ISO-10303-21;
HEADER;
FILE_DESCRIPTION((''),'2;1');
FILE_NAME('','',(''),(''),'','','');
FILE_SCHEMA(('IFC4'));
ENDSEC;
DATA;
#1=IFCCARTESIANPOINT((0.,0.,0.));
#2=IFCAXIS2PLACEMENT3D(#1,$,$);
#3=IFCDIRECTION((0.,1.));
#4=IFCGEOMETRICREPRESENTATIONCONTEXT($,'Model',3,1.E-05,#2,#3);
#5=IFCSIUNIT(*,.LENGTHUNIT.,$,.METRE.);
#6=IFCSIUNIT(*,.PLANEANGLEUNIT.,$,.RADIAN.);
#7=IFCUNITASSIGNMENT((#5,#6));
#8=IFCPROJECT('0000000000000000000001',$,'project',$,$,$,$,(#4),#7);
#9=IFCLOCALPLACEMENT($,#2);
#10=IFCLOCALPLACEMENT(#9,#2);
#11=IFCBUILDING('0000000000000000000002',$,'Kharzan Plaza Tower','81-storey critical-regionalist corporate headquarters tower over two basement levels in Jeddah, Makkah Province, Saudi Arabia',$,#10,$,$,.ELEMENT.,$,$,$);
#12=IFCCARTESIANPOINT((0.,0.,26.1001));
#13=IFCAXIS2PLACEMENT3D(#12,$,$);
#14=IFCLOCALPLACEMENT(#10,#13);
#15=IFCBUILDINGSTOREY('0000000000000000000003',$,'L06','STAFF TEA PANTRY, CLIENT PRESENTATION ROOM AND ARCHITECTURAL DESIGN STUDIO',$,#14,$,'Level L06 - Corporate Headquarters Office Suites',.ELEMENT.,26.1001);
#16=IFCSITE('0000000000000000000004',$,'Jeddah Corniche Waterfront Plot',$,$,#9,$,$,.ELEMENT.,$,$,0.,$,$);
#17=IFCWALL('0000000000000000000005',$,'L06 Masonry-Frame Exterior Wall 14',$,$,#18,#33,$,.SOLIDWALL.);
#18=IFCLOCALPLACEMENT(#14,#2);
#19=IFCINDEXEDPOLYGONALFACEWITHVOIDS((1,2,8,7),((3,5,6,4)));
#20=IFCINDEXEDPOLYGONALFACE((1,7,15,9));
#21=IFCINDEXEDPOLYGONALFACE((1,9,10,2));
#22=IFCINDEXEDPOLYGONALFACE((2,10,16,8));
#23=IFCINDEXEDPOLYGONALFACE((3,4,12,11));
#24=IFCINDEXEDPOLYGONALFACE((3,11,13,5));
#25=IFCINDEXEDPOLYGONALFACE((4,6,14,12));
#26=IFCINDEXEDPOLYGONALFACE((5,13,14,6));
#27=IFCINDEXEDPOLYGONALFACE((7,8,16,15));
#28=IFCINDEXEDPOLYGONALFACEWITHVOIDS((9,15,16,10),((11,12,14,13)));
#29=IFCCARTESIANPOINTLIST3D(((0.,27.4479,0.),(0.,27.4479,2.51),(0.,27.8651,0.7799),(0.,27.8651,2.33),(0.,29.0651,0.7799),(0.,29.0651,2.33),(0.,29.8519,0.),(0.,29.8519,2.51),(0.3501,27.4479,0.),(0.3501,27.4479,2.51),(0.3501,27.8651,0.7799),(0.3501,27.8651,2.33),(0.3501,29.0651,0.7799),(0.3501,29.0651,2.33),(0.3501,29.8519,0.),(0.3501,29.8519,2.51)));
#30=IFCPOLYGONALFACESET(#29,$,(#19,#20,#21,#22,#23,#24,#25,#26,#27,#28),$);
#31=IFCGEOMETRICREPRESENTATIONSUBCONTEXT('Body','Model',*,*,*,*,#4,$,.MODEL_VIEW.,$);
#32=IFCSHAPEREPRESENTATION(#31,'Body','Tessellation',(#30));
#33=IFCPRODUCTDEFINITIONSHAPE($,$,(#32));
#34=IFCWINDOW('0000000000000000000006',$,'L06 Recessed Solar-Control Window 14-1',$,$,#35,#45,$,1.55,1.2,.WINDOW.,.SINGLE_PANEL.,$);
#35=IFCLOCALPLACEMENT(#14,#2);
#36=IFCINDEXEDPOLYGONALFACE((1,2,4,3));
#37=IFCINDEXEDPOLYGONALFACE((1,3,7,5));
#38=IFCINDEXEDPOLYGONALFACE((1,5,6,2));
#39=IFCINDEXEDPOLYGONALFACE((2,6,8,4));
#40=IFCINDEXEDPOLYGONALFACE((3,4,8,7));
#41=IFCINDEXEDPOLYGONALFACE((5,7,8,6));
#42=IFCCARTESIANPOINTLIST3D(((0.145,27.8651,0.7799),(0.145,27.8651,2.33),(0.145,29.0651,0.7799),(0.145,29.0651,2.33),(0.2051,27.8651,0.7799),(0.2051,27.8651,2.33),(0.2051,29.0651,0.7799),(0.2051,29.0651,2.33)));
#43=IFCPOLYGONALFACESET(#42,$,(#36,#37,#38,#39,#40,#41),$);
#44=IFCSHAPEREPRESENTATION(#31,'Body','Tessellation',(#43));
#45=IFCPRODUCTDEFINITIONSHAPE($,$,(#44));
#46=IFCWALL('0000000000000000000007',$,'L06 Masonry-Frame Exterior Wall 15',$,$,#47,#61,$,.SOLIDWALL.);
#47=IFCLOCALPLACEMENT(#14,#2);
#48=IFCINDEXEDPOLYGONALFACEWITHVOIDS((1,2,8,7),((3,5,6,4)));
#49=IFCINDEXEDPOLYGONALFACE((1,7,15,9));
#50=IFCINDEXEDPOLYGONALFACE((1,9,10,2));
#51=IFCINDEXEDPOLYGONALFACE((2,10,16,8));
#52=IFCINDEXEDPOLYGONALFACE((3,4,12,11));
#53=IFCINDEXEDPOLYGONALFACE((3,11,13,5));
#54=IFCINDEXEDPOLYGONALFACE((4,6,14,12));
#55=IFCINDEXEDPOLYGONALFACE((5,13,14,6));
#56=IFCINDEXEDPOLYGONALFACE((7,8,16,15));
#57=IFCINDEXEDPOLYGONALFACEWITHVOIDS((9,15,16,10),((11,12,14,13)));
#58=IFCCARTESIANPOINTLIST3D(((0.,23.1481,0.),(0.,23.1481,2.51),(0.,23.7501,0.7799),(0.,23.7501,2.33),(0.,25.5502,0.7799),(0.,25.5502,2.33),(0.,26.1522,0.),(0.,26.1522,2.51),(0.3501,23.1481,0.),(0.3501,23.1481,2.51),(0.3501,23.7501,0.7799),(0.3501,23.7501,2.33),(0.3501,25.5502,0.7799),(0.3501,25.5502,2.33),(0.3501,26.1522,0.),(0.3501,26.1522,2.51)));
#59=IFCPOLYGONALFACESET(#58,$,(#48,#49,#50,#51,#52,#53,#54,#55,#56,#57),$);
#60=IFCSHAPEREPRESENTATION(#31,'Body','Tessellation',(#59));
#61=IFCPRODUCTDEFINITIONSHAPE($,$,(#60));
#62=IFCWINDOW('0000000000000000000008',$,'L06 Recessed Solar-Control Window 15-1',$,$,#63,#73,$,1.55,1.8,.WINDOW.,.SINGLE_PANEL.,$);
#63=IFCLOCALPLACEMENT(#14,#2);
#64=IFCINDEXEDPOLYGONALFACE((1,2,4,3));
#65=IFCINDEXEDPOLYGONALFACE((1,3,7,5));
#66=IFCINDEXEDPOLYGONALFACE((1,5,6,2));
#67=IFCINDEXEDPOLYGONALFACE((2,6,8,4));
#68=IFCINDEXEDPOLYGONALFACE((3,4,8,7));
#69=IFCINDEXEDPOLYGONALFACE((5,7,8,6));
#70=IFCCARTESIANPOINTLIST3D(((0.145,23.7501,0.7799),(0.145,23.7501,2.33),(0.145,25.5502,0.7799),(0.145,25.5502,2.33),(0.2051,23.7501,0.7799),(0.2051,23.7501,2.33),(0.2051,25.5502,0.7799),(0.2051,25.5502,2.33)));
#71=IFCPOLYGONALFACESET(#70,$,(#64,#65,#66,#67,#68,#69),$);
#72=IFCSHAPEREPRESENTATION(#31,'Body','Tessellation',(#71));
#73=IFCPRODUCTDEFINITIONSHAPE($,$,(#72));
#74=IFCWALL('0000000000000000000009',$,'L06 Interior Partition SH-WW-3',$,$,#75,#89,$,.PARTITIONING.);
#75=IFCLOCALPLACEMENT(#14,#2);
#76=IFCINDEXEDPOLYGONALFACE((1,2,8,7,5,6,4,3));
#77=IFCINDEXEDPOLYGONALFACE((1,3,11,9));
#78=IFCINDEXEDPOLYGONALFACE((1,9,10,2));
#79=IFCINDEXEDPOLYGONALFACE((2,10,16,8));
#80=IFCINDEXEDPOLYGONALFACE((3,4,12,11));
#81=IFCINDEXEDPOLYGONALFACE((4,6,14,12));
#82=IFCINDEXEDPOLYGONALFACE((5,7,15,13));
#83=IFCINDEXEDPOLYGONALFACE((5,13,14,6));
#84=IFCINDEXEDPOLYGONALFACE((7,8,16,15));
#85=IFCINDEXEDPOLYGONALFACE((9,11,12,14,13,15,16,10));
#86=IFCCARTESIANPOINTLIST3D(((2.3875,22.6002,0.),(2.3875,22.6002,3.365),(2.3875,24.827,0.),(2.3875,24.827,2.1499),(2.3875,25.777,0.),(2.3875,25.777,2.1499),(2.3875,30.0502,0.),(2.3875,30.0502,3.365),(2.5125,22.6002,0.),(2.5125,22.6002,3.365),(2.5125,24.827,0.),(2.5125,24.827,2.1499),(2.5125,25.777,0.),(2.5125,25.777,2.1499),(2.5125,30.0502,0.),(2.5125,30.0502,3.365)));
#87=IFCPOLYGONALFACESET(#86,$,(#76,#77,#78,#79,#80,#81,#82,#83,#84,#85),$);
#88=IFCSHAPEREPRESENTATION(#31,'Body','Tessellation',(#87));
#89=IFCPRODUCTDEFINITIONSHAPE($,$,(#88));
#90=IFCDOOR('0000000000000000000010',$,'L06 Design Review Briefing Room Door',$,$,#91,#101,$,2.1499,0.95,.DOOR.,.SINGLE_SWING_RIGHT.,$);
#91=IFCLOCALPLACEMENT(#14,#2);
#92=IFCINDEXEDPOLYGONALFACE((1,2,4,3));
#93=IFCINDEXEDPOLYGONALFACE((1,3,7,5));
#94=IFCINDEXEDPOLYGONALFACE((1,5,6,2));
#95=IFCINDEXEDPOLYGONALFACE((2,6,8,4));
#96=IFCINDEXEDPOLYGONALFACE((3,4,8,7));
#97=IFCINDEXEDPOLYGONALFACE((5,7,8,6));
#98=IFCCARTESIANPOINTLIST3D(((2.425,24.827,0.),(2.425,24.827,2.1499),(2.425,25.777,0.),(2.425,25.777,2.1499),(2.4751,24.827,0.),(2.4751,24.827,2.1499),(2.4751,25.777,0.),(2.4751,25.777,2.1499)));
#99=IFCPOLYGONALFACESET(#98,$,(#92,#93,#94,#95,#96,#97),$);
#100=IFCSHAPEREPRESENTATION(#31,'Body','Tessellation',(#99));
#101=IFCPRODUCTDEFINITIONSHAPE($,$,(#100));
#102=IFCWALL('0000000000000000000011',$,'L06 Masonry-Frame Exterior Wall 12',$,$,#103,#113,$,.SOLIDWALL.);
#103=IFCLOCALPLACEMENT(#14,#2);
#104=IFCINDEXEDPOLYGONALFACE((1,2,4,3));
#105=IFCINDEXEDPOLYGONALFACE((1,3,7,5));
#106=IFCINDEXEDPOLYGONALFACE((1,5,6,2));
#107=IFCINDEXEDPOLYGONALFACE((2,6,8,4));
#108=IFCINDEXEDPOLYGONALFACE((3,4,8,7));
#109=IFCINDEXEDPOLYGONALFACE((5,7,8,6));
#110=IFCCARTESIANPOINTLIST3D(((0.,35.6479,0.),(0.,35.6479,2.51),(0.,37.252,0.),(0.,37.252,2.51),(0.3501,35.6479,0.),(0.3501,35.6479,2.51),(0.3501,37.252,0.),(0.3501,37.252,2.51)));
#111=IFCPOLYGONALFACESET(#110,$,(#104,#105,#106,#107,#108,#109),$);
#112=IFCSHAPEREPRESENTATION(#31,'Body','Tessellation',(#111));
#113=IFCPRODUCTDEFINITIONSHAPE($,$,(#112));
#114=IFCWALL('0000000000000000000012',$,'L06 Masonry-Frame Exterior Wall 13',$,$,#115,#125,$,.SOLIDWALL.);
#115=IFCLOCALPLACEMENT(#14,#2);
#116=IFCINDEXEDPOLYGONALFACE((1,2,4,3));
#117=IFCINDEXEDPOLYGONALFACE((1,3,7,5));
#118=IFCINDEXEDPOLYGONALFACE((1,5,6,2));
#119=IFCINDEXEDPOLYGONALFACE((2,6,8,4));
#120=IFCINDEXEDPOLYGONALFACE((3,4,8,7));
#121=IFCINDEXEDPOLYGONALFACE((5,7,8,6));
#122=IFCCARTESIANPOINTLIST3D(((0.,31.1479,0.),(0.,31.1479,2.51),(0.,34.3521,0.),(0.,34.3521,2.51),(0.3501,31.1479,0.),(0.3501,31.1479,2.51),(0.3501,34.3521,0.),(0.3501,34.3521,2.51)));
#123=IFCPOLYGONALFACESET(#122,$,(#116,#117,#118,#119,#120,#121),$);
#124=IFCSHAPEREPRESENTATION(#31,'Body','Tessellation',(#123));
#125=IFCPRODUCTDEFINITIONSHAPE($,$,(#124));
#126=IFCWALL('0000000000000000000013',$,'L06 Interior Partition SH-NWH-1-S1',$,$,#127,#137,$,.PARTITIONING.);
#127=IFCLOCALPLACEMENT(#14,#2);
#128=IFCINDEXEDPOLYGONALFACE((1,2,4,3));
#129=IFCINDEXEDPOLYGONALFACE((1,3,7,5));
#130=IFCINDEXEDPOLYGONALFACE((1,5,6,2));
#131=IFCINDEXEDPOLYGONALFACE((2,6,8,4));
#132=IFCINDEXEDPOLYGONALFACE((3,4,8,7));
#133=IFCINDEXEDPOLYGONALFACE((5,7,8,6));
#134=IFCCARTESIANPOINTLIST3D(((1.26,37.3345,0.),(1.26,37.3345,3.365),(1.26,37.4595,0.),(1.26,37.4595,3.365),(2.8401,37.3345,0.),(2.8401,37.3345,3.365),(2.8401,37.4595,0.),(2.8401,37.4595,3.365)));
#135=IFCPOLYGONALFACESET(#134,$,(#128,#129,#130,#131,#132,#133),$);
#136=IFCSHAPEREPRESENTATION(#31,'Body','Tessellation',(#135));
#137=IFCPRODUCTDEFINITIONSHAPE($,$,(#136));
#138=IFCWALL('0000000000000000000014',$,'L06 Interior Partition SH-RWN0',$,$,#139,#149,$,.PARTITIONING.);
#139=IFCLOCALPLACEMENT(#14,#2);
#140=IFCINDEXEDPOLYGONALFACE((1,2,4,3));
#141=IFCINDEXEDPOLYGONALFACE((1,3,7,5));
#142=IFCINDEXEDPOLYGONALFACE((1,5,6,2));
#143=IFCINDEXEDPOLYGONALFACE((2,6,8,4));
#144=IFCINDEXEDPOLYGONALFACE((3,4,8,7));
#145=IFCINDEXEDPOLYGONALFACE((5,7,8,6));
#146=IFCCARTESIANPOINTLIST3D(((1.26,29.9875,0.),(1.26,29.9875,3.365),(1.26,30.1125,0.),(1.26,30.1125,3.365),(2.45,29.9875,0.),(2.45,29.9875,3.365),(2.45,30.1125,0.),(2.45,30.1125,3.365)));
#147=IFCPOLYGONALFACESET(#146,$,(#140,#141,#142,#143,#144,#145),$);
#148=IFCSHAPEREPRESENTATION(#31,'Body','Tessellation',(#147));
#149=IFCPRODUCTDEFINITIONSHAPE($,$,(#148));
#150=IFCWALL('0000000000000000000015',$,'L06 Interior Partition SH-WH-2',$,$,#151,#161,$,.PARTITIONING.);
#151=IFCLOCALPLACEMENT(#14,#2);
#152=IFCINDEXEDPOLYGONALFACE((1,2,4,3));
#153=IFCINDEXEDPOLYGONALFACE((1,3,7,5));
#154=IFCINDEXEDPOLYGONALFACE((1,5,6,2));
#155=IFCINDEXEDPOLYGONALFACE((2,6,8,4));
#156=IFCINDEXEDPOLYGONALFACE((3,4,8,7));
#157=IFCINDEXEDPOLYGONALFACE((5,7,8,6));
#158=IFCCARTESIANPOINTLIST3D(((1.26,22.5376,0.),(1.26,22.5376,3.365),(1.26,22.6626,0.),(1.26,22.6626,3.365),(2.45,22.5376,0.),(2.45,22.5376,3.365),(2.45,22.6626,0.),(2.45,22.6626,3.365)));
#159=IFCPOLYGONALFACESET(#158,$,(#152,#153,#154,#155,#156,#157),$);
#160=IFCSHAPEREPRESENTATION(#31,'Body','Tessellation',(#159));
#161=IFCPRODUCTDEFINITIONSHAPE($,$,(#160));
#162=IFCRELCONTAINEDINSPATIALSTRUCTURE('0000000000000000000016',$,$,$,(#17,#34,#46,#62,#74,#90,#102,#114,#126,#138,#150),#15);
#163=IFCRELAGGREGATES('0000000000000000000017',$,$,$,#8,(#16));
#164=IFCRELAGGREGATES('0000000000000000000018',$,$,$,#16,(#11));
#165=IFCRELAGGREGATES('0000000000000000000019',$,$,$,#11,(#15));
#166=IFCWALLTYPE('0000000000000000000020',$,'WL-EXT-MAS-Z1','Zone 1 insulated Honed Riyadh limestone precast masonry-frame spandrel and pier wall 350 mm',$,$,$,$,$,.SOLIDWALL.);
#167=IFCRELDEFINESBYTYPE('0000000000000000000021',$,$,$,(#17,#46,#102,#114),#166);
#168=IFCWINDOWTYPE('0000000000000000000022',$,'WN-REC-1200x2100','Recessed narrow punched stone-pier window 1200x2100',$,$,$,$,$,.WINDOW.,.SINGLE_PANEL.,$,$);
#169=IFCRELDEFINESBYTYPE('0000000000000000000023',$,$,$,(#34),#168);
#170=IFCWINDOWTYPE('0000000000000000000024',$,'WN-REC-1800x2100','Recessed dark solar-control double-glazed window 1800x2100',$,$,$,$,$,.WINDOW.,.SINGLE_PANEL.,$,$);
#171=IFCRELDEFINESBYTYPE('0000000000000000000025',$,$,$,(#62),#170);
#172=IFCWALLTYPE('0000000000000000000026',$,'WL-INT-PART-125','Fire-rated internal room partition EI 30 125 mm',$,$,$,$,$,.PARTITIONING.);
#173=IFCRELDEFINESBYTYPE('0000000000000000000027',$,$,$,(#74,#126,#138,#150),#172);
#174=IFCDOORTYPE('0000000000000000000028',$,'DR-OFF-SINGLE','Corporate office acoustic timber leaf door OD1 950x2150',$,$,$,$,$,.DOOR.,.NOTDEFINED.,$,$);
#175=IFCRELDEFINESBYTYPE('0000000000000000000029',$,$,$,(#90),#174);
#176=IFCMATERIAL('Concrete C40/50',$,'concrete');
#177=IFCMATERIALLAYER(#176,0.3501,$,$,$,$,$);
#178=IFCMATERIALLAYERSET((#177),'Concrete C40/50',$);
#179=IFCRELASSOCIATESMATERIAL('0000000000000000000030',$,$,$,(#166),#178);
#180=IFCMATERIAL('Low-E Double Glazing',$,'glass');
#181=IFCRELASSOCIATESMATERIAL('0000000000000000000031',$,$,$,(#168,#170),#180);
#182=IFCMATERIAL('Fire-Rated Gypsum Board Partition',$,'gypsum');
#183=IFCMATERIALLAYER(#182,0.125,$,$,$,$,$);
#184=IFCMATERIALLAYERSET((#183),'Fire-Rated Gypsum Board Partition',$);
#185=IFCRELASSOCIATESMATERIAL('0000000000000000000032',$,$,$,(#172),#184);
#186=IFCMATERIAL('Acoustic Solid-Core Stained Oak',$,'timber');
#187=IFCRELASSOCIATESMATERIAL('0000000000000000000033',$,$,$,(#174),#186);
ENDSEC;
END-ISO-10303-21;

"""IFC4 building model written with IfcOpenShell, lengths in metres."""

from ifc_helpers import new_model, si_unit, direction, frame, frame_2d, origin, place, context, subcontext, project, spatial, rectangle, extrude, source, transform, mapped, material, layer, layer_set, type_object, element, fill, save


model = new_model("IFC4")

# Units and contexts
model_context = context("Model", 3, precision=1e-05, world=origin(), true_north=direction((0.0, 1.0)))
body_context = subcontext(model_context, "Body", "Model", "MODEL_VIEW")
ifc_project = project(units=[si_unit("LENGTHUNIT", "METRE"), si_unit("PLANEANGLEUNIT", "RADIAN")], contexts=[model_context])

# Site, building, storey
site_placement = place(None, origin())
site = spatial("IfcSite", under=ifc_project, at=site_placement, Name="Jeddah Corniche Waterfront Plot", CompositionType="ELEMENT", RefElevation=0.0)
building_placement = place(site_placement, origin())
building = spatial("IfcBuilding", under=site, at=building_placement, Name="Kharzan Plaza Tower", Description="81-storey critical-regionalist corporate headquarters tower over two basement levels in Jeddah, Makkah Province, Saudi Arabia", CompositionType="ELEMENT")
storey_placement = place(building_placement, frame((0.0, 0.0, 26.1001)))
storey = spatial("IfcBuildingStorey", under=building, at=storey_placement, Name="L06", Description="STAFF TEA PANTRY, CLIENT PRESENTATION ROOM AND ARCHITECTURAL DESIGN STUDIO", LongName="Level L06 - Corporate Headquarters Office Suites", CompositionType="ELEMENT", Elevation=26.1001)

# Walls, openings, windows
ifc_material_1 = material(Name="Concrete C40/50", Category="concrete")
ifc_layer_1 = layer(ifc_material_1, 0.3501)
ifc_layer_set_1 = layer_set([ifc_layer_1], Name="Concrete C40/50")
wall_type_1 = type_object("IfcWallType", Name="WL-EXT-MAS-Z1", Description="Zone 1 insulated Honed Riyadh limestone precast masonry-frame spandrel and pier wall 350 mm", PredefinedType="SOLIDWALL", material=ifc_layer_set_1)
wall_1_placement = place(storey_placement, frame((0.175, 29.8521, 0.0), z_axis=(0.0, 0.0, 1.0), x_axis=(0.0, -1.0, 0.0)))
wall_1 = element("IfcWall", 1, at=wall_1_placement, inside=storey, type_object=wall_type_1, Name="L06 Masonry-Frame Exterior Wall 14", PredefinedType="SOLIDWALL", context=body_context, shape_type="SweptSolid", body=[
    extrude(rectangle(XDim=2.4041, YDim=0.3501, at=frame_2d((1.2021, 0.0))), origin(), (0.0, 0.0, 1.0), 2.51),
])
opening_1_placement = place(wall_1_placement, frame((0.7869, 0.0, 0.78)))
opening_1 = element("IfcOpeningElement", 2, at=opening_1_placement, cuts=wall_1, PredefinedType="OPENING", context=body_context, shape_type="SweptSolid", body=[
    extrude(rectangle(XDim=1.2, YDim=1.55, at=frame_2d((0.6001, 0.7749))), frame((0.0, 0.1851, 0.0), z_axis=(0.0, -1.0, 0.0), x_axis=(1.0, 0.0, 0.0)), (0.0, 0.0, 1.0), 0.3701),
])
ifc_material_2 = material(Name="Low-E Double Glazing", Category="glass")
window_type_1 = type_object("IfcWindowType", Name="WN-REC-1200x2100", Description="Recessed narrow punched stone-pier window 1200x2100", PartitioningType="SINGLE_PANEL", PredefinedType="WINDOW", material=ifc_material_2)
shared_shape_1 = source(origin(), body_context, "Body", "SweptSolid", [
    extrude(rectangle(XDim=1.2, YDim=1.55, at=frame_2d((0.6001, 0.7749))), frame((0.0, 0.03, 0.0), z_axis=(0.0, -1.0, 0.0), x_axis=(1.0, 0.0, 0.0)), (0.0, 0.0, 1.0), 0.0601),
])
window_1_placement = place(opening_1_placement, origin())
window_1 = element("IfcWindow", 3, at=window_1_placement, inside=storey, type_object=window_type_1, Name="L06 Recessed Solar-Control Window 14-1", OverallHeight=1.55, OverallWidth=1.2, PartitioningType="SINGLE_PANEL", PredefinedType="WINDOW", context=body_context, shape_type="MappedRepresentation", body=[
    mapped(shared_shape_1, transform((0.0, 0.0, 0.0), x_axis=(1.0, 0.0, 0.0), y_axis=(0.0, 1.0, 0.0), z_axis=(0.0, 0.0, 1.0))),
])
fill(opening_1, window_1)
wall_2_placement = place(storey_placement, frame((0.175, 26.1521, 0.0), z_axis=(0.0, 0.0, 1.0), x_axis=(0.0, -1.0, 0.0)))
wall_2 = element("IfcWall", 4, at=wall_2_placement, inside=storey, type_object=wall_type_1, Name="L06 Masonry-Frame Exterior Wall 15", PredefinedType="SOLIDWALL", context=body_context, shape_type="SweptSolid", body=[
    extrude(rectangle(XDim=3.0042, YDim=0.3501, at=frame_2d((1.502, 0.0))), origin(), (0.0, 0.0, 1.0), 2.51),
])
opening_2_placement = place(wall_2_placement, frame((0.6021, 0.0, 0.78)))
opening_2 = element("IfcOpeningElement", 5, at=opening_2_placement, cuts=wall_2, PredefinedType="OPENING", context=body_context, shape_type="SweptSolid", body=[
    extrude(rectangle(XDim=1.8, YDim=1.55, at=frame_2d((0.8999, 0.7749))), frame((0.0, 0.1851, 0.0), z_axis=(0.0, -1.0, 0.0), x_axis=(1.0, 0.0, 0.0)), (0.0, 0.0, 1.0), 0.3701),
])
window_type_2 = type_object("IfcWindowType", Name="WN-REC-1800x2100", Description="Recessed dark solar-control double-glazed window 1800x2100", PartitioningType="SINGLE_PANEL", PredefinedType="WINDOW", material=ifc_material_2)
shared_shape_2 = source(origin(), body_context, "Body", "SweptSolid", [
    extrude(rectangle(XDim=1.8, YDim=1.55, at=frame_2d((0.8999, 0.7749))), frame((0.0, 0.03, 0.0), z_axis=(0.0, -1.0, 0.0), x_axis=(1.0, 0.0, 0.0)), (0.0, 0.0, 1.0), 0.0601),
])
window_2_placement = place(opening_2_placement, origin())
window_2 = element("IfcWindow", 6, at=window_2_placement, inside=storey, type_object=window_type_2, Name="L06 Recessed Solar-Control Window 15-1", OverallHeight=1.55, OverallWidth=1.8, PartitioningType="SINGLE_PANEL", PredefinedType="WINDOW", context=body_context, shape_type="MappedRepresentation", body=[
    mapped(shared_shape_2, transform((0.0, 0.0, 0.0), x_axis=(1.0, 0.0, 0.0), y_axis=(0.0, 1.0, 0.0), z_axis=(0.0, 0.0, 1.0))),
])
fill(opening_2, window_2)

# Wall, opening, door
ifc_material_3 = material(Name="Fire-Rated Gypsum Board Partition", Category="gypsum")
ifc_layer_2 = layer(ifc_material_3, 0.125)
ifc_layer_set_2 = layer_set([ifc_layer_2], Name="Fire-Rated Gypsum Board Partition")
wall_type_2 = type_object("IfcWallType", Name="WL-INT-PART-125", Description="Fire-rated internal room partition EI 30 125 mm", PredefinedType="PARTITIONING", material=ifc_layer_set_2)
wall_3_placement = place(storey_placement, frame((2.45, 22.6001, 0.0), z_axis=(0.0, 0.0, 1.0), x_axis=(0.0, 1.0, 0.0)))
wall_3 = element("IfcWall", 7, at=wall_3_placement, inside=storey, type_object=wall_type_2, Name="L06 Interior Partition SH-WW-3", PredefinedType="PARTITIONING", context=body_context, shape_type="SweptSolid", body=[
    extrude(rectangle(XDim=7.45, YDim=0.125, at=frame_2d((3.7251, 0.0))), origin(), (0.0, 0.0, 1.0), 3.365),
])
opening_3_placement = place(wall_3_placement, frame((2.2268, 0.0, 0.0)))
opening_3 = element("IfcOpeningElement", 8, at=opening_3_placement, cuts=wall_3, PredefinedType="OPENING", context=body_context, shape_type="SweptSolid", body=[
    extrude(rectangle(XDim=0.95, YDim=2.1499, at=frame_2d((0.4751, 1.075))), frame((0.0, 0.0725, 0.0), z_axis=(0.0, -1.0, 0.0), x_axis=(1.0, 0.0, 0.0)), (0.0, 0.0, 1.0), 0.145),
])
ifc_material_4 = material(Name="Acoustic Solid-Core Stained Oak", Category="timber")
door_type = type_object("IfcDoorType", Name="DR-OFF-SINGLE", Description="Corporate office acoustic timber leaf door OD1 950x2150", OperationType="NOTDEFINED", PredefinedType="DOOR", material=ifc_material_4)
shared_shape_3 = source(origin(), body_context, "Body", "SweptSolid", [
    extrude(rectangle(XDim=0.95, YDim=2.1499, at=frame_2d((0.4751, 1.075))), frame((0.0, 0.0249, 0.0), z_axis=(0.0, -1.0, 0.0), x_axis=(1.0, 0.0, 0.0)), (0.0, 0.0, 1.0), 0.05),
])
door_placement = place(opening_3_placement, origin())
door = element("IfcDoor", 9, at=door_placement, inside=storey, type_object=door_type, Name="L06 Design Review Briefing Room Door", OperationType="SINGLE_SWING_RIGHT", OverallHeight=2.1499, OverallWidth=0.95, PredefinedType="DOOR", context=body_context, shape_type="MappedRepresentation", body=[
    mapped(shared_shape_3, transform((0.0, 0.0, 0.0), x_axis=(1.0, 0.0, 0.0), y_axis=(0.0, 1.0, 0.0), z_axis=(0.0, 0.0, 1.0))),
])
fill(opening_3, door)

# Walls
shared_shape_4 = source(origin(), body_context, "Body", "SweptSolid", [
    extrude(rectangle(XDim=1.604, YDim=0.3501, at=frame_2d((0.802, 0.0))), origin(), (0.0, 0.0, 1.0), 2.51),
])
wall_4_placement = place(storey_placement, frame((0.175, 37.252, 0.0), z_axis=(0.0, 0.0, 1.0), x_axis=(0.0, -1.0, 0.0)))
element("IfcWall", 10, at=wall_4_placement, inside=storey, type_object=wall_type_1, Name="L06 Masonry-Frame Exterior Wall 12", PredefinedType="SOLIDWALL", context=body_context, shape_type="MappedRepresentation", body=[
    mapped(shared_shape_4, transform((0.0, 0.0, 0.0), x_axis=(1.0, 0.0, 0.0), y_axis=(0.0, 1.0, 0.0), z_axis=(0.0, 0.0, 1.0))),
])
shared_shape_5 = source(origin(), body_context, "Body", "SweptSolid", [
    extrude(rectangle(XDim=3.2041, YDim=0.3501, at=frame_2d((1.6021, 0.0))), origin(), (0.0, 0.0, 1.0), 2.51),
])
wall_5_placement = place(storey_placement, frame((0.175, 34.3521, 0.0), z_axis=(0.0, 0.0, 1.0), x_axis=(0.0, -1.0, 0.0)))
element("IfcWall", 11, at=wall_5_placement, inside=storey, type_object=wall_type_1, Name="L06 Masonry-Frame Exterior Wall 13", PredefinedType="SOLIDWALL", context=body_context, shape_type="MappedRepresentation", body=[
    mapped(shared_shape_5, transform((0.0, 0.0, 0.0), x_axis=(1.0, 0.0, 0.0), y_axis=(0.0, 1.0, 0.0), z_axis=(0.0, 0.0, 1.0))),
])
shared_shape_6 = source(origin(), body_context, "Body", "SweptSolid", [
    extrude(rectangle(XDim=1.5801, YDim=0.125, at=frame_2d((0.79, 0.0))), origin(), (0.0, 0.0, 1.0), 3.365),
])
wall_6_placement = place(storey_placement, frame((1.26, 37.397, 0.0), z_axis=(0.0, 0.0, 1.0), x_axis=(1.0, 0.0, 0.0)))
element("IfcWall", 12, at=wall_6_placement, inside=storey, type_object=wall_type_2, Name="L06 Interior Partition SH-NWH-1-S1", PredefinedType="PARTITIONING", context=body_context, shape_type="MappedRepresentation", body=[
    mapped(shared_shape_6, transform((0.0, 0.0, 0.0), x_axis=(1.0, 0.0, 0.0), y_axis=(0.0, 1.0, 0.0), z_axis=(0.0, 0.0, 1.0))),
])
shared_shape_7 = source(origin(), body_context, "Body", "SweptSolid", [
    extrude(rectangle(XDim=1.1899, YDim=0.125, at=frame_2d((0.595, 0.0))), origin(), (0.0, 0.0, 1.0), 3.365),
])
for number, where, z_axis, x_axis, name in (
    (13, (1.26, 30.05, 0.0), (0.0, 0.0, 1.0), (1.0, 0.0, 0.0), "L06 Interior Partition SH-RWN0"),
    (14, (1.26, 22.6001, 0.0), (0.0, 0.0, 1.0), (1.0, 0.0, 0.0), "L06 Interior Partition SH-WH-2"),
):
    element("IfcWall", number, at=place(storey_placement, frame(where, z_axis=z_axis, x_axis=x_axis)), inside=storey, type_object=wall_type_2, Name=name, PredefinedType="PARTITIONING", context=body_context, shape_type="MappedRepresentation", body=[
        mapped(shared_shape_7, transform((0.0, 0.0, 0.0), x_axis=(1.0, 0.0, 0.0), y_axis=(0.0, 1.0, 0.0), z_axis=(0.0, 0.0, 1.0))),
    ])

save(model, "model.ifc")
